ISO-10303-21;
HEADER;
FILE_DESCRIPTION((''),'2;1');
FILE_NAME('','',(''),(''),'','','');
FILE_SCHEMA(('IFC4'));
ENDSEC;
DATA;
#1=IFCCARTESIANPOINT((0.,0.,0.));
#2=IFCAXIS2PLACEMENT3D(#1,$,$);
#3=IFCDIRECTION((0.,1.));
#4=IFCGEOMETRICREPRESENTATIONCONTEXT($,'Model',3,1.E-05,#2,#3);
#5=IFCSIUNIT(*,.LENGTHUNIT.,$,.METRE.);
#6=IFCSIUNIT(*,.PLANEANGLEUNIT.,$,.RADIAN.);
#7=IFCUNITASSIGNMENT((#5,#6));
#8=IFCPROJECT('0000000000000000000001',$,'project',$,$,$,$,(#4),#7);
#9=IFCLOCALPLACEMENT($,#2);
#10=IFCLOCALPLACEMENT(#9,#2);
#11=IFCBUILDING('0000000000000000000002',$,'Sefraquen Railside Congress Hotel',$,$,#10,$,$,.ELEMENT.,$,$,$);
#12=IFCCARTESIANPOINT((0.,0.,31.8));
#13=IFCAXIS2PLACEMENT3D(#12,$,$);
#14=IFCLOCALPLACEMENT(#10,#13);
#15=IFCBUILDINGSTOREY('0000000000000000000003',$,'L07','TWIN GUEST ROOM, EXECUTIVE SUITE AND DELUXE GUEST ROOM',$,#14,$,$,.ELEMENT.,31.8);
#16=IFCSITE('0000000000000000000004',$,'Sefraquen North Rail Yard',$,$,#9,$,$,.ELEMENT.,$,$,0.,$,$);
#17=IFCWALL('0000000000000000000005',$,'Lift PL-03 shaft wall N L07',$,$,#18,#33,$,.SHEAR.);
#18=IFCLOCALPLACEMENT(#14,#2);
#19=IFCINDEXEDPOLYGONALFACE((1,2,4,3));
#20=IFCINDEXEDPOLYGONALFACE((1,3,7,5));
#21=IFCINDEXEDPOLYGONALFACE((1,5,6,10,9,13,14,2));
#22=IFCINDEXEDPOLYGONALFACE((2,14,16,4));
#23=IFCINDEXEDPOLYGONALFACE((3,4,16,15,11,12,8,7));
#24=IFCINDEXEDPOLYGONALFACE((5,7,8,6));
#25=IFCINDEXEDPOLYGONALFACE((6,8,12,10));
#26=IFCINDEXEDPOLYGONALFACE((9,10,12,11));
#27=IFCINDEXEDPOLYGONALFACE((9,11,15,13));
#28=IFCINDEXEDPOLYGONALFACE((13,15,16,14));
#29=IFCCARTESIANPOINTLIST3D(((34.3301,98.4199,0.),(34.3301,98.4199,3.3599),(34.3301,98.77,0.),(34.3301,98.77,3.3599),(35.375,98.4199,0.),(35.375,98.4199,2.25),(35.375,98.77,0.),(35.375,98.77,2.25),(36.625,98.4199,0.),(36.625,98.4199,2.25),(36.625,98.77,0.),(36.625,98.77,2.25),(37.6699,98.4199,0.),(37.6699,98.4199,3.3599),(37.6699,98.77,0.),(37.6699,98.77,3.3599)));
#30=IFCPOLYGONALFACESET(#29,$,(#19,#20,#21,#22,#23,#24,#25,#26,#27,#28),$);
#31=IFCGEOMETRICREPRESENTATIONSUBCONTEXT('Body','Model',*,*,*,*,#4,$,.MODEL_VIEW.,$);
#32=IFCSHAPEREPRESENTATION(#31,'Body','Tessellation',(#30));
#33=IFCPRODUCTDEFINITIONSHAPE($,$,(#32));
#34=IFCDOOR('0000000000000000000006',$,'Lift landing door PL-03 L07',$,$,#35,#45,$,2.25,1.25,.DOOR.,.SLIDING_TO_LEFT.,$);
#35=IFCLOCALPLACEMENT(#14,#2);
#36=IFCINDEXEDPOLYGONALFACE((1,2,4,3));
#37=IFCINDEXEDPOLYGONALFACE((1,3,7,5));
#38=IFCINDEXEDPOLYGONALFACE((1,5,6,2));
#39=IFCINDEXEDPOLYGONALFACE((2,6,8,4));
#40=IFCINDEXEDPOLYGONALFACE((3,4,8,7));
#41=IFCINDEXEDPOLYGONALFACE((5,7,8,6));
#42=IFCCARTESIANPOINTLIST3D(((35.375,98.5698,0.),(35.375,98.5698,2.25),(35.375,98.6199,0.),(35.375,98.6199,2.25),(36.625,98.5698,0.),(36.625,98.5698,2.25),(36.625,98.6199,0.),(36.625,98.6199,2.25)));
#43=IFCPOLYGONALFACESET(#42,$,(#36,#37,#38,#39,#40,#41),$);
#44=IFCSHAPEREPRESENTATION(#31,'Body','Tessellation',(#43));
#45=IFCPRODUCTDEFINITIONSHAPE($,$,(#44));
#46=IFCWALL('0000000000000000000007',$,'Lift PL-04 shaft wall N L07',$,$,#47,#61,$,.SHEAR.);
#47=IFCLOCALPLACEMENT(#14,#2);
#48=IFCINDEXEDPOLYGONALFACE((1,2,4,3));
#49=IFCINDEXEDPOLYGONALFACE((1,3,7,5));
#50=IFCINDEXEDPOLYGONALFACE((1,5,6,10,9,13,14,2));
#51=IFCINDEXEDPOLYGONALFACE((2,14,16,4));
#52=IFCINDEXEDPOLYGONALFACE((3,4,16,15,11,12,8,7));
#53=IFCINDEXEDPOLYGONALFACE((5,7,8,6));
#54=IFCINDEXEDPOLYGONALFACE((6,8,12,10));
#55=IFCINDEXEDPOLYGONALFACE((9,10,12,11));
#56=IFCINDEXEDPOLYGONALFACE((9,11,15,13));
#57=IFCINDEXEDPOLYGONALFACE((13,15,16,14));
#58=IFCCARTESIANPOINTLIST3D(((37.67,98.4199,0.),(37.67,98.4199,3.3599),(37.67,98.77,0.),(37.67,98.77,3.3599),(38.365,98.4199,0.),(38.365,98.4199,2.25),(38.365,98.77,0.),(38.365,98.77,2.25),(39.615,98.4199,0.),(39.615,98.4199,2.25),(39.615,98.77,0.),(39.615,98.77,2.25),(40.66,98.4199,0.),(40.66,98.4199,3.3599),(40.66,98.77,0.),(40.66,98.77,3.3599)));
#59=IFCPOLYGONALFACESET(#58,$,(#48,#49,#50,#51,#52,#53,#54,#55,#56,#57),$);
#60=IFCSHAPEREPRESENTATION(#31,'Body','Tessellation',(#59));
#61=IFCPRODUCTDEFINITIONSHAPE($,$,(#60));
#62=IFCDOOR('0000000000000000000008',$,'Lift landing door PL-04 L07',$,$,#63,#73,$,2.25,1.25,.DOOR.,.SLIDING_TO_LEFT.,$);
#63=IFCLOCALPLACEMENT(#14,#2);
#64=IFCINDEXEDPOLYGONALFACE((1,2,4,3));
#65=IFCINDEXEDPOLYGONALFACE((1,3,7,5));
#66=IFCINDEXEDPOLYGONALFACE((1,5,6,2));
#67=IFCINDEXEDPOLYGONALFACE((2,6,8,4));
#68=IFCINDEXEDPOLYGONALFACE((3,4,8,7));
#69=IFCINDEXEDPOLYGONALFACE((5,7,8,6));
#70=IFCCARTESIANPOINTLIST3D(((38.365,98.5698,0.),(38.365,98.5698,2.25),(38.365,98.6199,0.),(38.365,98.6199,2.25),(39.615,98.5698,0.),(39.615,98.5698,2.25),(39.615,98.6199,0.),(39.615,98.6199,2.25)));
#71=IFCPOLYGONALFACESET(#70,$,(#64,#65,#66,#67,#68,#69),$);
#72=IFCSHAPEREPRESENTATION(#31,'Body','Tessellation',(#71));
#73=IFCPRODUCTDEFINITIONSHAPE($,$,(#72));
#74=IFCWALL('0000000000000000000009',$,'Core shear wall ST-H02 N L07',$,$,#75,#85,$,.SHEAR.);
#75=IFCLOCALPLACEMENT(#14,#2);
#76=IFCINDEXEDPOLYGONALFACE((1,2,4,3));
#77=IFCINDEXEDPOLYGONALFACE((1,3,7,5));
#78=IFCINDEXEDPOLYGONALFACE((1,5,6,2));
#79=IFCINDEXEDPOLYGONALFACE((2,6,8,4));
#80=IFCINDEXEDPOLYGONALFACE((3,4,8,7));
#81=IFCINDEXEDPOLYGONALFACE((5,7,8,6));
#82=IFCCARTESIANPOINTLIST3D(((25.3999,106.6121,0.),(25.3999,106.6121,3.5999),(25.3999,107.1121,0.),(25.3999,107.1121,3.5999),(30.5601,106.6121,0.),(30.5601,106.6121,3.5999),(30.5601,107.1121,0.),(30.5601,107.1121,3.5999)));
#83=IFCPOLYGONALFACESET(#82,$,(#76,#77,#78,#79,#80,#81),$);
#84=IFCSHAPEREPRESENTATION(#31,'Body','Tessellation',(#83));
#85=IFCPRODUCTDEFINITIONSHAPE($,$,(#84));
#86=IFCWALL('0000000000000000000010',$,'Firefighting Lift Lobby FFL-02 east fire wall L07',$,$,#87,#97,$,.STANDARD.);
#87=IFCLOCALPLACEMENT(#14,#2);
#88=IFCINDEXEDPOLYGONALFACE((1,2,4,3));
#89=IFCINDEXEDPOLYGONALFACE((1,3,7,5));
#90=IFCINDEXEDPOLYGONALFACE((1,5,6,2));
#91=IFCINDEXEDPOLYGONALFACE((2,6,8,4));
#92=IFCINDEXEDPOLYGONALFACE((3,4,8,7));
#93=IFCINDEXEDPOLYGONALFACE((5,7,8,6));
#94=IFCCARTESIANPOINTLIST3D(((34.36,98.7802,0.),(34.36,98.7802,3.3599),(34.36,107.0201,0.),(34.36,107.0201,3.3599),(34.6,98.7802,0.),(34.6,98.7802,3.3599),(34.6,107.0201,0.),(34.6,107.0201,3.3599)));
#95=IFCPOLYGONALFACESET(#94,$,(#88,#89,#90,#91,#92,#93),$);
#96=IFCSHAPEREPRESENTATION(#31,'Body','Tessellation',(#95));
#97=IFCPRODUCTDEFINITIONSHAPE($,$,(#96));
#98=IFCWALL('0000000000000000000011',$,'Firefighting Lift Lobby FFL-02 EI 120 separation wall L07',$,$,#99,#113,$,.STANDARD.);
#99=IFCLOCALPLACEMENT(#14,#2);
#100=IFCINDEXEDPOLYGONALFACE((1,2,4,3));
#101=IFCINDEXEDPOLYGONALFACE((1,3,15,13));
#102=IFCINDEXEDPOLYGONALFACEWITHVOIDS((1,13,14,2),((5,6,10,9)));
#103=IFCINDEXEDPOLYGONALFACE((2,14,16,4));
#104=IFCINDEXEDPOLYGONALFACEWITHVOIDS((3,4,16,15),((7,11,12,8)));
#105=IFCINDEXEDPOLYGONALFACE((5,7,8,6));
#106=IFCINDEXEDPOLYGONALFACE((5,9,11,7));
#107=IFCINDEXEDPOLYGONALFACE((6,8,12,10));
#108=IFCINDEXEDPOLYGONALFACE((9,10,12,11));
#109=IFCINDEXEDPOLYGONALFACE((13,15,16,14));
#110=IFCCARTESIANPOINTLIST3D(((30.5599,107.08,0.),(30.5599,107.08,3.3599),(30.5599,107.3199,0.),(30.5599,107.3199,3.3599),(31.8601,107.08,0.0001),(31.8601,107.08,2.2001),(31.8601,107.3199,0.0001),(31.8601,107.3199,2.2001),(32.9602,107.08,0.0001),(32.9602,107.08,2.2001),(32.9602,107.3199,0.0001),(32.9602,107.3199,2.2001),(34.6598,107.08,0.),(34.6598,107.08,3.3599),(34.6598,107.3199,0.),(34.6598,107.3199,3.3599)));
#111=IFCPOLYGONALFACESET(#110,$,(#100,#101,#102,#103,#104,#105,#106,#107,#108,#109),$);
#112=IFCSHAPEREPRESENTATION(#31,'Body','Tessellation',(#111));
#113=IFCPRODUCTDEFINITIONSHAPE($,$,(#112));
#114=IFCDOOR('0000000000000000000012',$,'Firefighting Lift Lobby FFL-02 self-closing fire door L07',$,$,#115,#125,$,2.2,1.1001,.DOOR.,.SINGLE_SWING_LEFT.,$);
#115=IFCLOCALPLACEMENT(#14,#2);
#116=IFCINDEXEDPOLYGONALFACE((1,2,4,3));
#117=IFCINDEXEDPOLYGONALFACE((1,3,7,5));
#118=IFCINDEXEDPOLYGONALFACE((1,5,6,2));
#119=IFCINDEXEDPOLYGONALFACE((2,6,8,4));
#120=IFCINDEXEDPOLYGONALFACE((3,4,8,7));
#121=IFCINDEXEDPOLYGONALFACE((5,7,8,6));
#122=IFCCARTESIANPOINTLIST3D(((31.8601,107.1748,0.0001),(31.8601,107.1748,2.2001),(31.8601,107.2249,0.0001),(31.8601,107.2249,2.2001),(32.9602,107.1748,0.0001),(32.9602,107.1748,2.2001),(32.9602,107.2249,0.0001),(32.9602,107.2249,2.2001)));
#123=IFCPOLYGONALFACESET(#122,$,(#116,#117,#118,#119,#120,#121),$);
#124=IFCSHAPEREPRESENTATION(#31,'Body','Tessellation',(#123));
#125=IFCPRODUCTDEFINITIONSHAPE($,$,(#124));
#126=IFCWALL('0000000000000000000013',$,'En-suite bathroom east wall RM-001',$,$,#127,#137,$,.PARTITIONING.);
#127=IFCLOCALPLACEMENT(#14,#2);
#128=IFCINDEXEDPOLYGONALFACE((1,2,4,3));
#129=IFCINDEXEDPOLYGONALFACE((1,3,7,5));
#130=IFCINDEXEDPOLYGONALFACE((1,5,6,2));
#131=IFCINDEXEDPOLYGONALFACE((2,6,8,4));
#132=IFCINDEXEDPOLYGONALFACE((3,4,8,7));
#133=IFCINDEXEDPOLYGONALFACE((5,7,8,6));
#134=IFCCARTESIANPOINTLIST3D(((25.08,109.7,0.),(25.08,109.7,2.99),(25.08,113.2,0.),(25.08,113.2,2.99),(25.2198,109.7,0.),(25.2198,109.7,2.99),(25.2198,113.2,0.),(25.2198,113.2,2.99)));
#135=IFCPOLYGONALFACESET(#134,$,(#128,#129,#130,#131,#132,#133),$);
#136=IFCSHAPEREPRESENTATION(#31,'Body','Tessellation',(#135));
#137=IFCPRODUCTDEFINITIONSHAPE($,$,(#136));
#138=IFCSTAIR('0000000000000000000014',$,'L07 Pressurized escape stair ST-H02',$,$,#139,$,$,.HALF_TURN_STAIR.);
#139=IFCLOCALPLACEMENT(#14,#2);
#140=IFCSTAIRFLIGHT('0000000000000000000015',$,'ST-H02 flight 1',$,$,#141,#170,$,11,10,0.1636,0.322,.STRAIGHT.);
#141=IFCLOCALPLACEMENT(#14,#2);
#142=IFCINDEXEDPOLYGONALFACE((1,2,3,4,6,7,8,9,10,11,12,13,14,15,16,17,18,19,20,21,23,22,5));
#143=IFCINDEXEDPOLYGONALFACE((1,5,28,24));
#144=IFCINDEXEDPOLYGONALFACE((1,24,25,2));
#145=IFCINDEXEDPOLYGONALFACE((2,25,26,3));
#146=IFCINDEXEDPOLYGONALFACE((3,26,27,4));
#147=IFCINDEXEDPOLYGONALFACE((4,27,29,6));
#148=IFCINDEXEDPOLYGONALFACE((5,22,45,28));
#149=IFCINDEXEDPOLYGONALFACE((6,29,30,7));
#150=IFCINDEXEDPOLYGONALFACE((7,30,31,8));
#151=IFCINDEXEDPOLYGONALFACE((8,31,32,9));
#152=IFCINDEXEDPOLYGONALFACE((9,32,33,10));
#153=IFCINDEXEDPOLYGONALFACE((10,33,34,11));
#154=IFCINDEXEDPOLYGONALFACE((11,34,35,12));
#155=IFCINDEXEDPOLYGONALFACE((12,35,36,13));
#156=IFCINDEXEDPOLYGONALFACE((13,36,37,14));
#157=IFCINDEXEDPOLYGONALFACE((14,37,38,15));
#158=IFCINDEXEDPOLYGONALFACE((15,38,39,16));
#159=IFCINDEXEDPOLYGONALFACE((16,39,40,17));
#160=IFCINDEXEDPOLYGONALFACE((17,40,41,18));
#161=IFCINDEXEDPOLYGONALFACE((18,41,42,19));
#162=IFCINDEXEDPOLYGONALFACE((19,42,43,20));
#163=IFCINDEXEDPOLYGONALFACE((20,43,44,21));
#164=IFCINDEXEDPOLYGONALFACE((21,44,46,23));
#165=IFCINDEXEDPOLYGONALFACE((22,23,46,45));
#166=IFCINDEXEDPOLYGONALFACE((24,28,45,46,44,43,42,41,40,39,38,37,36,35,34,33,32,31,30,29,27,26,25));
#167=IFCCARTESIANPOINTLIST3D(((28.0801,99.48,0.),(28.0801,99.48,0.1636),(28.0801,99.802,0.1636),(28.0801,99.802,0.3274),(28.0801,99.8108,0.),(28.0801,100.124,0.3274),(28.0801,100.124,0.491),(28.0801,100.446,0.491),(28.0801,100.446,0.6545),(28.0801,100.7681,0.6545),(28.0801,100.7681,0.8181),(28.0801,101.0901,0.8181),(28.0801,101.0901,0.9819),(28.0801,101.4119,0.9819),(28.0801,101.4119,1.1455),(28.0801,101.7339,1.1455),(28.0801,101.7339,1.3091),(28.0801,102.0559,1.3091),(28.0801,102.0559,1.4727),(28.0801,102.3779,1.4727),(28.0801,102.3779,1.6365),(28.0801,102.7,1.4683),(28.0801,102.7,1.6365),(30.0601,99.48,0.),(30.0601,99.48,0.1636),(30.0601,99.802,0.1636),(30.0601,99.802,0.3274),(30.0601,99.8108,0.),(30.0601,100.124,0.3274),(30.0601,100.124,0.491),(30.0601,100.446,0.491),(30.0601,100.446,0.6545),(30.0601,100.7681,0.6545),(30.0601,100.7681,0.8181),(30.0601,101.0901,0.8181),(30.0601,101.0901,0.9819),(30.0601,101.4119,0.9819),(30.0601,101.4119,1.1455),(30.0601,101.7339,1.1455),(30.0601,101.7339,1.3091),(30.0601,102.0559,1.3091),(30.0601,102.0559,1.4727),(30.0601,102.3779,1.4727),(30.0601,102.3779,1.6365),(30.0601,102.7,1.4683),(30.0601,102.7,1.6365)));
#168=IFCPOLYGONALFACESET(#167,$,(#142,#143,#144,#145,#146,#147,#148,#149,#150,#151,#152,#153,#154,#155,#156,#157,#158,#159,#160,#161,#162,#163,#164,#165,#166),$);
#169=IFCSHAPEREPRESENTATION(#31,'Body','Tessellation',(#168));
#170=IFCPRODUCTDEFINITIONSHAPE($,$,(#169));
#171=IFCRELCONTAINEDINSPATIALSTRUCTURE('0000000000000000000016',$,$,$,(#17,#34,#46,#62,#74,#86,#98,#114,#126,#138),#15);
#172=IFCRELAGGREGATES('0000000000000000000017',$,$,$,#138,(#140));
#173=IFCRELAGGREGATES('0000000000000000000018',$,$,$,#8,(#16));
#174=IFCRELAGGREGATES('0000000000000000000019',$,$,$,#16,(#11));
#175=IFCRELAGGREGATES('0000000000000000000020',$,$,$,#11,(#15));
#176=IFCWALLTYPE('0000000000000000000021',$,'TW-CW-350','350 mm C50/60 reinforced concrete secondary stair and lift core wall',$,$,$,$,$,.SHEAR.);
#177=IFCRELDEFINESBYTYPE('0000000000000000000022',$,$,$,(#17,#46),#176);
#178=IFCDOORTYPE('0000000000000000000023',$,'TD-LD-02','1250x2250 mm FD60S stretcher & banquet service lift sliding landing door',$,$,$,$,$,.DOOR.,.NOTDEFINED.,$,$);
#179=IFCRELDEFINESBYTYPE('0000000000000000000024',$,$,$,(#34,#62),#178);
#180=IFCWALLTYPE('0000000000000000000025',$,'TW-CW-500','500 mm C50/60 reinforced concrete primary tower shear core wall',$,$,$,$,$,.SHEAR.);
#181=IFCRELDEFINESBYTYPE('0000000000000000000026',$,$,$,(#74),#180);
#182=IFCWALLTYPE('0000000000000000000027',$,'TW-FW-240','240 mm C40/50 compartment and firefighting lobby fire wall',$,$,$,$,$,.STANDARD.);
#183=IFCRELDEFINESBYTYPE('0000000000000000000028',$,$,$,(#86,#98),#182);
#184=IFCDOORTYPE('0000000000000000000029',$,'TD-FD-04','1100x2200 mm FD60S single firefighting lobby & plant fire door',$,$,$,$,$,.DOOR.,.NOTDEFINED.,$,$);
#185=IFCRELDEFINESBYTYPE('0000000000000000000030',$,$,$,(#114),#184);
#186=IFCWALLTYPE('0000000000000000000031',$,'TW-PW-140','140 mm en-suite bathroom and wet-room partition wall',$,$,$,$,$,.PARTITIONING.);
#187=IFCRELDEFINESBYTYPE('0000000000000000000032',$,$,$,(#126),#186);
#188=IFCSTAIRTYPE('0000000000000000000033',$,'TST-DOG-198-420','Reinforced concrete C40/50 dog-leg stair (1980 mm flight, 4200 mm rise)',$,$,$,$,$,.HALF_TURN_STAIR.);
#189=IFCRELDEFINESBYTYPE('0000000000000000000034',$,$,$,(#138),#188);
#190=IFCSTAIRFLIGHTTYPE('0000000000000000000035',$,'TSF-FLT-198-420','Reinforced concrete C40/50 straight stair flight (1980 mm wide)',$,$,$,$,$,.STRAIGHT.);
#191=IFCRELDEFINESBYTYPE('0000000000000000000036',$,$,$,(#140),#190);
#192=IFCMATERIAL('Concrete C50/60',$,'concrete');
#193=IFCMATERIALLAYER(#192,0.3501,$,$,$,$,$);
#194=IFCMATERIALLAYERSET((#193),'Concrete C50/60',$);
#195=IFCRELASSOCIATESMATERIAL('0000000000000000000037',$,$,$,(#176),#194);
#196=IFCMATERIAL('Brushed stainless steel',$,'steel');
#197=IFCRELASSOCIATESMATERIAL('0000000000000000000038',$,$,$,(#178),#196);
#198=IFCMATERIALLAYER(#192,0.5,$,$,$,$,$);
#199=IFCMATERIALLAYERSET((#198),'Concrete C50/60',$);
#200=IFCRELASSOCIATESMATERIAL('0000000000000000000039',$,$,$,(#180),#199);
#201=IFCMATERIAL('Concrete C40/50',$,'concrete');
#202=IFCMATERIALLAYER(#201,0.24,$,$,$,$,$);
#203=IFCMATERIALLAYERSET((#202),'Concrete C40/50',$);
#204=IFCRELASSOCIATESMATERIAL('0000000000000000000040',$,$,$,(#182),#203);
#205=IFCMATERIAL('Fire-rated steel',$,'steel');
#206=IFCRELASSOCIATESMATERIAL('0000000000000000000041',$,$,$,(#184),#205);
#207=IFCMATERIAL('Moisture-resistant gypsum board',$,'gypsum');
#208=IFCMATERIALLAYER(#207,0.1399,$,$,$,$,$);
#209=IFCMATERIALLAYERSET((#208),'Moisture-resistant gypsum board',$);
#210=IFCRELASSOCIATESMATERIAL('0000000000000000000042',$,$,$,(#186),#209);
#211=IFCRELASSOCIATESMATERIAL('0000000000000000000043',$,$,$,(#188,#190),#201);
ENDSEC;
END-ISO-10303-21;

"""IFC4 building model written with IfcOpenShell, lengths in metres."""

from ifc_helpers import new_model, si_unit, direction, frame, frame_2d, origin, place, context, subcontext, project, spatial, polyline, rectangle, outline, extrude, material, layer, layer_set, type_object, element, fill, aggregate, save


model = new_model("IFC4")

# Units and contexts
model_context = context("Model", 3, precision=1e-05, world=origin(), true_north=direction((0.0, 1.0)))
body_context = subcontext(model_context, "Body", "Model", "MODEL_VIEW")
ifc_project = project(units=[si_unit("LENGTHUNIT", "METRE"), si_unit("PLANEANGLEUNIT", "RADIAN")], contexts=[model_context])

# Site, building, storey
site_placement = place(None, origin())
site = spatial("IfcSite", under=ifc_project, at=site_placement, Name="Sefraquen North Rail Yard", CompositionType="ELEMENT", RefElevation=0.0)
building_placement = place(site_placement, origin())
building = spatial("IfcBuilding", under=site, at=building_placement, Name="Sefraquen Railside Congress Hotel", CompositionType="ELEMENT")
storey_placement = place(building_placement, frame((0.0, 0.0, 31.8)))
storey = spatial("IfcBuildingStorey", under=building, at=storey_placement, Name="L07", Description="TWIN GUEST ROOM, EXECUTIVE SUITE AND DELUXE GUEST ROOM", CompositionType="ELEMENT", Elevation=31.8)

# Walls, openings, doors
ifc_material_1 = material(Name="Concrete C50/60", Category="concrete")
ifc_layer_1 = layer(ifc_material_1, 0.3501)
ifc_layer_set_1 = layer_set([ifc_layer_1], Name="Concrete C50/60")
wall_type_1 = type_object("IfcWallType", Name="TW-CW-350", Description="350 mm C50/60 reinforced concrete secondary stair and lift core wall", PredefinedType="SHEAR", material=ifc_layer_set_1)
wall_1_placement = place(storey_placement, frame((34.3301, 98.595, 0.0), z_axis=(0.0, 0.0, 1.0), x_axis=(1.0, 0.0, 0.0)))
wall_1 = element("IfcWall", 1, at=wall_1_placement, inside=storey, type_object=wall_type_1, Name="Lift PL-03 shaft wall N L07", PredefinedType="SHEAR", context=body_context, shape_type="SweptSolid", body=[
    extrude(rectangle(XDim=3.3398, YDim=0.3501, at=frame_2d((1.6699, 0.0))), origin(), (0.0, 0.0, 1.0), 3.3599),
])
opening_1_placement = place(wall_1_placement, frame((1.0449, 0.0, 0.0)))
opening_1 = element("IfcOpeningElement", 2, at=opening_1_placement, cuts=wall_1, PredefinedType="OPENING", context=body_context, shape_type="SweptSolid", body=[
    extrude(rectangle(XDim=1.25, YDim=2.25, at=frame_2d((0.625, 1.125))), frame((0.0, 0.1851, 0.0), z_axis=(0.0, -1.0, 0.0), x_axis=(1.0, 0.0, 0.0)), (0.0, 0.0, 1.0), 0.3701),
])
ifc_material_2 = material(Name="Brushed stainless steel", Category="steel")
door_type_1 = type_object("IfcDoorType", Name="TD-LD-02", Description="1250x2250 mm FD60S stretcher & banquet service lift sliding landing door", OperationType="NOTDEFINED", PredefinedType="DOOR", material=ifc_material_2)
door_1_placement = place(opening_1_placement, origin())
door_1 = element("IfcDoor", 3, at=door_1_placement, inside=storey, type_object=door_type_1, Name="Lift landing door PL-03 L07", OperationType="SLIDING_TO_LEFT", OverallHeight=2.25, OverallWidth=1.25, PredefinedType="DOOR", context=body_context, shape_type="SweptSolid", body=[
    extrude(rectangle(XDim=1.25, YDim=2.25, at=frame_2d((0.625, 1.125))), frame((0.0, 0.0249, 0.0), z_axis=(0.0, -1.0, 0.0), x_axis=(1.0, 0.0, 0.0)), (0.0, 0.0, 1.0), 0.05),
])
fill(opening_1, door_1)
wall_2_placement = place(storey_placement, frame((37.6699, 98.595, 0.0), z_axis=(0.0, 0.0, 1.0), x_axis=(1.0, 0.0, 0.0)))
wall_2 = element("IfcWall", 4, at=wall_2_placement, inside=storey, type_object=wall_type_1, Name="Lift PL-04 shaft wall N L07", PredefinedType="SHEAR", context=body_context, shape_type="SweptSolid", body=[
    extrude(rectangle(XDim=2.99, YDim=0.3501, at=frame_2d((1.4951, 0.0))), origin(), (0.0, 0.0, 1.0), 3.3599),
])
opening_2_placement = place(wall_2_placement, frame((0.6951, 0.0, 0.0)))
opening_2 = element("IfcOpeningElement", 5, at=opening_2_placement, cuts=wall_2, PredefinedType="OPENING", context=body_context, shape_type="SweptSolid", body=[
    extrude(rectangle(XDim=1.25, YDim=2.25, at=frame_2d((0.625, 1.125))), frame((0.0, 0.1851, 0.0), z_axis=(0.0, -1.0, 0.0), x_axis=(1.0, 0.0, 0.0)), (0.0, 0.0, 1.0), 0.3701),
])
door_2_placement = place(opening_2_placement, origin())
door_2 = element("IfcDoor", 6, at=door_2_placement, inside=storey, type_object=door_type_1, Name="Lift landing door PL-04 L07", OperationType="SLIDING_TO_LEFT", OverallHeight=2.25, OverallWidth=1.25, PredefinedType="DOOR", context=body_context, shape_type="SweptSolid", body=[
    extrude(rectangle(XDim=1.25, YDim=2.25, at=frame_2d((0.625, 1.125))), frame((0.0, 0.0249, 0.0), z_axis=(0.0, -1.0, 0.0), x_axis=(1.0, 0.0, 0.0)), (0.0, 0.0, 1.0), 0.05),
])
fill(opening_2, door_2)

# Walls
ifc_layer_2 = layer(ifc_material_1, 0.5)
ifc_layer_set_2 = layer_set([ifc_layer_2], Name="Concrete C50/60")
wall_type_2 = type_object("IfcWallType", Name="TW-CW-500", Description="500 mm C50/60 reinforced concrete primary tower shear core wall", PredefinedType="SHEAR", material=ifc_layer_set_2)
wall_3_placement = place(storey_placement, frame((25.3999, 106.8621, 0.0), z_axis=(0.0, 0.0, 1.0), x_axis=(1.0, 0.0, 0.0)))
element("IfcWall", 7, at=wall_3_placement, inside=storey, type_object=wall_type_2, Name="Core shear wall ST-H02 N L07", PredefinedType="SHEAR", context=body_context, shape_type="SweptSolid", body=[
    extrude(rectangle(XDim=5.1602, YDim=0.5, at=frame_2d((2.5801, 0.0))), origin(), (0.0, 0.0, 1.0), 3.5999),
])
ifc_material_3 = material(Name="Concrete C40/50", Category="concrete")
ifc_layer_3 = layer(ifc_material_3, 0.24)
ifc_layer_set_3 = layer_set([ifc_layer_3], Name="Concrete C40/50")
wall_type_3 = type_object("IfcWallType", Name="TW-FW-240", Description="240 mm C40/50 compartment and firefighting lobby fire wall", PredefinedType="STANDARD", material=ifc_layer_set_3)
wall_4_placement = place(storey_placement, frame((34.48, 98.78, 0.0), z_axis=(0.0, 0.0, 1.0), x_axis=(0.0, 1.0, 0.0)))
element("IfcWall", 8, at=wall_4_placement, inside=storey, type_object=wall_type_3, Name="Firefighting Lift Lobby FFL-02 east fire wall L07", PredefinedType="STANDARD", context=body_context, shape_type="SweptSolid", body=[
    extrude(rectangle(XDim=8.24, YDim=0.24, at=frame_2d((4.1201, 0.0))), origin(), (0.0, 0.0, 1.0), 3.3599),
])

# Wall, opening, door
wall_5_placement = place(storey_placement, frame((30.5601, 107.2, 0.0), z_axis=(0.0, 0.0, 1.0), x_axis=(1.0, 0.0, 0.0)))
wall_5 = element("IfcWall", 9, at=wall_5_placement, inside=storey, type_object=wall_type_3, Name="Firefighting Lift Lobby FFL-02 EI 120 separation wall L07", PredefinedType="STANDARD", context=body_context, shape_type="SweptSolid", body=[
    extrude(rectangle(XDim=4.0999, YDim=0.24, at=frame_2d((2.0498, 0.0))), origin(), (0.0, 0.0, 1.0), 3.3599),
])
opening_3_placement = place(wall_5_placement, frame((1.3, 0.0, 0.0)))
opening_3 = element("IfcOpeningElement", 10, at=opening_3_placement, cuts=wall_5, PredefinedType="OPENING", context=body_context, shape_type="SweptSolid", body=[
    extrude(rectangle(XDim=1.1001, YDim=2.2, at=frame_2d((0.55, 1.1001))), frame((0.0, 0.1299, 0.0), z_axis=(0.0, -1.0, 0.0), x_axis=(1.0, 0.0, 0.0)), (0.0, 0.0, 1.0), 0.26),
])
ifc_material_4 = material(Name="Fire-rated steel", Category="steel")
door_type_2 = type_object("IfcDoorType", Name="TD-FD-04", Description="1100x2200 mm FD60S single firefighting lobby & plant fire door", OperationType="NOTDEFINED", PredefinedType="DOOR", material=ifc_material_4)
door_3_placement = place(opening_3_placement, origin())
door_3 = element("IfcDoor", 11, at=door_3_placement, inside=storey, type_object=door_type_2, Name="Firefighting Lift Lobby FFL-02 self-closing fire door L07", OperationType="SINGLE_SWING_LEFT", OverallHeight=2.2, OverallWidth=1.1001, PredefinedType="DOOR", context=body_context, shape_type="SweptSolid", body=[
    extrude(rectangle(XDim=1.1001, YDim=2.2, at=frame_2d((0.55, 1.1001))), frame((0.0, 0.0249, 0.0), z_axis=(0.0, -1.0, 0.0), x_axis=(1.0, 0.0, 0.0)), (0.0, 0.0, 1.0), 0.05),
])
fill(opening_3, door_3)

# Wall
ifc_material_5 = material(Name="Moisture-resistant gypsum board", Category="gypsum")
ifc_layer_4 = layer(ifc_material_5, 0.1399)
ifc_layer_set_4 = layer_set([ifc_layer_4], Name="Moisture-resistant gypsum board")
wall_type_4 = type_object("IfcWallType", Name="TW-PW-140", Description="140 mm en-suite bathroom and wet-room partition wall", PredefinedType="PARTITIONING", material=ifc_layer_set_4)
wall_6_placement = place(storey_placement, frame((25.1499, 109.7, 0.0), z_axis=(0.0, 0.0, 1.0), x_axis=(0.0, 1.0, 0.0)))
element("IfcWall", 12, at=wall_6_placement, inside=storey, type_object=wall_type_4, Name="En-suite bathroom east wall RM-001", PredefinedType="PARTITIONING", context=body_context, shape_type="SweptSolid", body=[
    extrude(rectangle(XDim=3.5, YDim=0.1399, at=frame_2d((1.75, 0.0))), origin(), (0.0, 0.0, 1.0), 2.99),
])

# Stair, stair flight
stair_type = type_object("IfcStairType", Name="TST-DOG-198-420", Description="Reinforced concrete C40/50 dog-leg stair (1980 mm flight, 4200 mm rise)", PredefinedType="HALF_TURN_STAIR", material=ifc_material_3)
stair_placement = place(storey_placement, origin())
stair = element("IfcStair", 13, at=stair_placement, inside=storey, type_object=stair_type, Name="L07 Pressurized escape stair ST-H02", PredefinedType="HALF_TURN_STAIR")
stair_flight_type = type_object("IfcStairFlightType", Name="TSF-FLT-198-420", Description="Reinforced concrete C40/50 straight stair flight (1980 mm wide)", PredefinedType="STRAIGHT", material=ifc_material_3)
stair_flight_1_placement = place(storey_placement, frame((29.0701, 99.48, 0.0), z_axis=(0.0, 0.0, 1.0), x_axis=(0.0, 1.0, 0.0)))
stair_flight_1 = element("IfcStairFlight", 14, at=stair_flight_1_placement, type_object=stair_flight_type, Name="ST-H02 flight 1", NumberOfRisers=11, NumberOfTreads=10, PredefinedType="STRAIGHT", RiserHeight=0.1636, TreadLength=0.322, context=body_context, shape_type="SweptSolid", body=[
    extrude(outline(polyline([(0.0, 0.0), (0.0, 0.1636), (0.322, 0.1636), (0.322, 0.3274), (0.644, 0.3274), (0.644, 0.491), (0.9661, 0.491), (0.9661, 0.6545), (1.2881, 0.6545), (1.2881, 0.8181), (1.6101, 0.8181), (1.6101, 0.9819), (1.9319, 0.9819), (1.9319, 1.1455), (2.2539, 1.1455), (2.2539, 1.3091), (2.5759, 1.3091), (2.5759, 1.4727), (2.8979, 1.4727), (2.8979, 1.6365), (3.22, 1.6365), (3.22, 1.8), (3.22, 1.4683), (0.3308, 0.0), (0.0, 0.0)])), frame((0.0, 0.99, 0.0), z_axis=(0.0, -1.0, 0.0), x_axis=(1.0, 0.0, 0.0)), (0.0, 0.0, 1.0), 1.98),
])
aggregate(stair, [stair_flight_1])

save(model, "model.ifc")
